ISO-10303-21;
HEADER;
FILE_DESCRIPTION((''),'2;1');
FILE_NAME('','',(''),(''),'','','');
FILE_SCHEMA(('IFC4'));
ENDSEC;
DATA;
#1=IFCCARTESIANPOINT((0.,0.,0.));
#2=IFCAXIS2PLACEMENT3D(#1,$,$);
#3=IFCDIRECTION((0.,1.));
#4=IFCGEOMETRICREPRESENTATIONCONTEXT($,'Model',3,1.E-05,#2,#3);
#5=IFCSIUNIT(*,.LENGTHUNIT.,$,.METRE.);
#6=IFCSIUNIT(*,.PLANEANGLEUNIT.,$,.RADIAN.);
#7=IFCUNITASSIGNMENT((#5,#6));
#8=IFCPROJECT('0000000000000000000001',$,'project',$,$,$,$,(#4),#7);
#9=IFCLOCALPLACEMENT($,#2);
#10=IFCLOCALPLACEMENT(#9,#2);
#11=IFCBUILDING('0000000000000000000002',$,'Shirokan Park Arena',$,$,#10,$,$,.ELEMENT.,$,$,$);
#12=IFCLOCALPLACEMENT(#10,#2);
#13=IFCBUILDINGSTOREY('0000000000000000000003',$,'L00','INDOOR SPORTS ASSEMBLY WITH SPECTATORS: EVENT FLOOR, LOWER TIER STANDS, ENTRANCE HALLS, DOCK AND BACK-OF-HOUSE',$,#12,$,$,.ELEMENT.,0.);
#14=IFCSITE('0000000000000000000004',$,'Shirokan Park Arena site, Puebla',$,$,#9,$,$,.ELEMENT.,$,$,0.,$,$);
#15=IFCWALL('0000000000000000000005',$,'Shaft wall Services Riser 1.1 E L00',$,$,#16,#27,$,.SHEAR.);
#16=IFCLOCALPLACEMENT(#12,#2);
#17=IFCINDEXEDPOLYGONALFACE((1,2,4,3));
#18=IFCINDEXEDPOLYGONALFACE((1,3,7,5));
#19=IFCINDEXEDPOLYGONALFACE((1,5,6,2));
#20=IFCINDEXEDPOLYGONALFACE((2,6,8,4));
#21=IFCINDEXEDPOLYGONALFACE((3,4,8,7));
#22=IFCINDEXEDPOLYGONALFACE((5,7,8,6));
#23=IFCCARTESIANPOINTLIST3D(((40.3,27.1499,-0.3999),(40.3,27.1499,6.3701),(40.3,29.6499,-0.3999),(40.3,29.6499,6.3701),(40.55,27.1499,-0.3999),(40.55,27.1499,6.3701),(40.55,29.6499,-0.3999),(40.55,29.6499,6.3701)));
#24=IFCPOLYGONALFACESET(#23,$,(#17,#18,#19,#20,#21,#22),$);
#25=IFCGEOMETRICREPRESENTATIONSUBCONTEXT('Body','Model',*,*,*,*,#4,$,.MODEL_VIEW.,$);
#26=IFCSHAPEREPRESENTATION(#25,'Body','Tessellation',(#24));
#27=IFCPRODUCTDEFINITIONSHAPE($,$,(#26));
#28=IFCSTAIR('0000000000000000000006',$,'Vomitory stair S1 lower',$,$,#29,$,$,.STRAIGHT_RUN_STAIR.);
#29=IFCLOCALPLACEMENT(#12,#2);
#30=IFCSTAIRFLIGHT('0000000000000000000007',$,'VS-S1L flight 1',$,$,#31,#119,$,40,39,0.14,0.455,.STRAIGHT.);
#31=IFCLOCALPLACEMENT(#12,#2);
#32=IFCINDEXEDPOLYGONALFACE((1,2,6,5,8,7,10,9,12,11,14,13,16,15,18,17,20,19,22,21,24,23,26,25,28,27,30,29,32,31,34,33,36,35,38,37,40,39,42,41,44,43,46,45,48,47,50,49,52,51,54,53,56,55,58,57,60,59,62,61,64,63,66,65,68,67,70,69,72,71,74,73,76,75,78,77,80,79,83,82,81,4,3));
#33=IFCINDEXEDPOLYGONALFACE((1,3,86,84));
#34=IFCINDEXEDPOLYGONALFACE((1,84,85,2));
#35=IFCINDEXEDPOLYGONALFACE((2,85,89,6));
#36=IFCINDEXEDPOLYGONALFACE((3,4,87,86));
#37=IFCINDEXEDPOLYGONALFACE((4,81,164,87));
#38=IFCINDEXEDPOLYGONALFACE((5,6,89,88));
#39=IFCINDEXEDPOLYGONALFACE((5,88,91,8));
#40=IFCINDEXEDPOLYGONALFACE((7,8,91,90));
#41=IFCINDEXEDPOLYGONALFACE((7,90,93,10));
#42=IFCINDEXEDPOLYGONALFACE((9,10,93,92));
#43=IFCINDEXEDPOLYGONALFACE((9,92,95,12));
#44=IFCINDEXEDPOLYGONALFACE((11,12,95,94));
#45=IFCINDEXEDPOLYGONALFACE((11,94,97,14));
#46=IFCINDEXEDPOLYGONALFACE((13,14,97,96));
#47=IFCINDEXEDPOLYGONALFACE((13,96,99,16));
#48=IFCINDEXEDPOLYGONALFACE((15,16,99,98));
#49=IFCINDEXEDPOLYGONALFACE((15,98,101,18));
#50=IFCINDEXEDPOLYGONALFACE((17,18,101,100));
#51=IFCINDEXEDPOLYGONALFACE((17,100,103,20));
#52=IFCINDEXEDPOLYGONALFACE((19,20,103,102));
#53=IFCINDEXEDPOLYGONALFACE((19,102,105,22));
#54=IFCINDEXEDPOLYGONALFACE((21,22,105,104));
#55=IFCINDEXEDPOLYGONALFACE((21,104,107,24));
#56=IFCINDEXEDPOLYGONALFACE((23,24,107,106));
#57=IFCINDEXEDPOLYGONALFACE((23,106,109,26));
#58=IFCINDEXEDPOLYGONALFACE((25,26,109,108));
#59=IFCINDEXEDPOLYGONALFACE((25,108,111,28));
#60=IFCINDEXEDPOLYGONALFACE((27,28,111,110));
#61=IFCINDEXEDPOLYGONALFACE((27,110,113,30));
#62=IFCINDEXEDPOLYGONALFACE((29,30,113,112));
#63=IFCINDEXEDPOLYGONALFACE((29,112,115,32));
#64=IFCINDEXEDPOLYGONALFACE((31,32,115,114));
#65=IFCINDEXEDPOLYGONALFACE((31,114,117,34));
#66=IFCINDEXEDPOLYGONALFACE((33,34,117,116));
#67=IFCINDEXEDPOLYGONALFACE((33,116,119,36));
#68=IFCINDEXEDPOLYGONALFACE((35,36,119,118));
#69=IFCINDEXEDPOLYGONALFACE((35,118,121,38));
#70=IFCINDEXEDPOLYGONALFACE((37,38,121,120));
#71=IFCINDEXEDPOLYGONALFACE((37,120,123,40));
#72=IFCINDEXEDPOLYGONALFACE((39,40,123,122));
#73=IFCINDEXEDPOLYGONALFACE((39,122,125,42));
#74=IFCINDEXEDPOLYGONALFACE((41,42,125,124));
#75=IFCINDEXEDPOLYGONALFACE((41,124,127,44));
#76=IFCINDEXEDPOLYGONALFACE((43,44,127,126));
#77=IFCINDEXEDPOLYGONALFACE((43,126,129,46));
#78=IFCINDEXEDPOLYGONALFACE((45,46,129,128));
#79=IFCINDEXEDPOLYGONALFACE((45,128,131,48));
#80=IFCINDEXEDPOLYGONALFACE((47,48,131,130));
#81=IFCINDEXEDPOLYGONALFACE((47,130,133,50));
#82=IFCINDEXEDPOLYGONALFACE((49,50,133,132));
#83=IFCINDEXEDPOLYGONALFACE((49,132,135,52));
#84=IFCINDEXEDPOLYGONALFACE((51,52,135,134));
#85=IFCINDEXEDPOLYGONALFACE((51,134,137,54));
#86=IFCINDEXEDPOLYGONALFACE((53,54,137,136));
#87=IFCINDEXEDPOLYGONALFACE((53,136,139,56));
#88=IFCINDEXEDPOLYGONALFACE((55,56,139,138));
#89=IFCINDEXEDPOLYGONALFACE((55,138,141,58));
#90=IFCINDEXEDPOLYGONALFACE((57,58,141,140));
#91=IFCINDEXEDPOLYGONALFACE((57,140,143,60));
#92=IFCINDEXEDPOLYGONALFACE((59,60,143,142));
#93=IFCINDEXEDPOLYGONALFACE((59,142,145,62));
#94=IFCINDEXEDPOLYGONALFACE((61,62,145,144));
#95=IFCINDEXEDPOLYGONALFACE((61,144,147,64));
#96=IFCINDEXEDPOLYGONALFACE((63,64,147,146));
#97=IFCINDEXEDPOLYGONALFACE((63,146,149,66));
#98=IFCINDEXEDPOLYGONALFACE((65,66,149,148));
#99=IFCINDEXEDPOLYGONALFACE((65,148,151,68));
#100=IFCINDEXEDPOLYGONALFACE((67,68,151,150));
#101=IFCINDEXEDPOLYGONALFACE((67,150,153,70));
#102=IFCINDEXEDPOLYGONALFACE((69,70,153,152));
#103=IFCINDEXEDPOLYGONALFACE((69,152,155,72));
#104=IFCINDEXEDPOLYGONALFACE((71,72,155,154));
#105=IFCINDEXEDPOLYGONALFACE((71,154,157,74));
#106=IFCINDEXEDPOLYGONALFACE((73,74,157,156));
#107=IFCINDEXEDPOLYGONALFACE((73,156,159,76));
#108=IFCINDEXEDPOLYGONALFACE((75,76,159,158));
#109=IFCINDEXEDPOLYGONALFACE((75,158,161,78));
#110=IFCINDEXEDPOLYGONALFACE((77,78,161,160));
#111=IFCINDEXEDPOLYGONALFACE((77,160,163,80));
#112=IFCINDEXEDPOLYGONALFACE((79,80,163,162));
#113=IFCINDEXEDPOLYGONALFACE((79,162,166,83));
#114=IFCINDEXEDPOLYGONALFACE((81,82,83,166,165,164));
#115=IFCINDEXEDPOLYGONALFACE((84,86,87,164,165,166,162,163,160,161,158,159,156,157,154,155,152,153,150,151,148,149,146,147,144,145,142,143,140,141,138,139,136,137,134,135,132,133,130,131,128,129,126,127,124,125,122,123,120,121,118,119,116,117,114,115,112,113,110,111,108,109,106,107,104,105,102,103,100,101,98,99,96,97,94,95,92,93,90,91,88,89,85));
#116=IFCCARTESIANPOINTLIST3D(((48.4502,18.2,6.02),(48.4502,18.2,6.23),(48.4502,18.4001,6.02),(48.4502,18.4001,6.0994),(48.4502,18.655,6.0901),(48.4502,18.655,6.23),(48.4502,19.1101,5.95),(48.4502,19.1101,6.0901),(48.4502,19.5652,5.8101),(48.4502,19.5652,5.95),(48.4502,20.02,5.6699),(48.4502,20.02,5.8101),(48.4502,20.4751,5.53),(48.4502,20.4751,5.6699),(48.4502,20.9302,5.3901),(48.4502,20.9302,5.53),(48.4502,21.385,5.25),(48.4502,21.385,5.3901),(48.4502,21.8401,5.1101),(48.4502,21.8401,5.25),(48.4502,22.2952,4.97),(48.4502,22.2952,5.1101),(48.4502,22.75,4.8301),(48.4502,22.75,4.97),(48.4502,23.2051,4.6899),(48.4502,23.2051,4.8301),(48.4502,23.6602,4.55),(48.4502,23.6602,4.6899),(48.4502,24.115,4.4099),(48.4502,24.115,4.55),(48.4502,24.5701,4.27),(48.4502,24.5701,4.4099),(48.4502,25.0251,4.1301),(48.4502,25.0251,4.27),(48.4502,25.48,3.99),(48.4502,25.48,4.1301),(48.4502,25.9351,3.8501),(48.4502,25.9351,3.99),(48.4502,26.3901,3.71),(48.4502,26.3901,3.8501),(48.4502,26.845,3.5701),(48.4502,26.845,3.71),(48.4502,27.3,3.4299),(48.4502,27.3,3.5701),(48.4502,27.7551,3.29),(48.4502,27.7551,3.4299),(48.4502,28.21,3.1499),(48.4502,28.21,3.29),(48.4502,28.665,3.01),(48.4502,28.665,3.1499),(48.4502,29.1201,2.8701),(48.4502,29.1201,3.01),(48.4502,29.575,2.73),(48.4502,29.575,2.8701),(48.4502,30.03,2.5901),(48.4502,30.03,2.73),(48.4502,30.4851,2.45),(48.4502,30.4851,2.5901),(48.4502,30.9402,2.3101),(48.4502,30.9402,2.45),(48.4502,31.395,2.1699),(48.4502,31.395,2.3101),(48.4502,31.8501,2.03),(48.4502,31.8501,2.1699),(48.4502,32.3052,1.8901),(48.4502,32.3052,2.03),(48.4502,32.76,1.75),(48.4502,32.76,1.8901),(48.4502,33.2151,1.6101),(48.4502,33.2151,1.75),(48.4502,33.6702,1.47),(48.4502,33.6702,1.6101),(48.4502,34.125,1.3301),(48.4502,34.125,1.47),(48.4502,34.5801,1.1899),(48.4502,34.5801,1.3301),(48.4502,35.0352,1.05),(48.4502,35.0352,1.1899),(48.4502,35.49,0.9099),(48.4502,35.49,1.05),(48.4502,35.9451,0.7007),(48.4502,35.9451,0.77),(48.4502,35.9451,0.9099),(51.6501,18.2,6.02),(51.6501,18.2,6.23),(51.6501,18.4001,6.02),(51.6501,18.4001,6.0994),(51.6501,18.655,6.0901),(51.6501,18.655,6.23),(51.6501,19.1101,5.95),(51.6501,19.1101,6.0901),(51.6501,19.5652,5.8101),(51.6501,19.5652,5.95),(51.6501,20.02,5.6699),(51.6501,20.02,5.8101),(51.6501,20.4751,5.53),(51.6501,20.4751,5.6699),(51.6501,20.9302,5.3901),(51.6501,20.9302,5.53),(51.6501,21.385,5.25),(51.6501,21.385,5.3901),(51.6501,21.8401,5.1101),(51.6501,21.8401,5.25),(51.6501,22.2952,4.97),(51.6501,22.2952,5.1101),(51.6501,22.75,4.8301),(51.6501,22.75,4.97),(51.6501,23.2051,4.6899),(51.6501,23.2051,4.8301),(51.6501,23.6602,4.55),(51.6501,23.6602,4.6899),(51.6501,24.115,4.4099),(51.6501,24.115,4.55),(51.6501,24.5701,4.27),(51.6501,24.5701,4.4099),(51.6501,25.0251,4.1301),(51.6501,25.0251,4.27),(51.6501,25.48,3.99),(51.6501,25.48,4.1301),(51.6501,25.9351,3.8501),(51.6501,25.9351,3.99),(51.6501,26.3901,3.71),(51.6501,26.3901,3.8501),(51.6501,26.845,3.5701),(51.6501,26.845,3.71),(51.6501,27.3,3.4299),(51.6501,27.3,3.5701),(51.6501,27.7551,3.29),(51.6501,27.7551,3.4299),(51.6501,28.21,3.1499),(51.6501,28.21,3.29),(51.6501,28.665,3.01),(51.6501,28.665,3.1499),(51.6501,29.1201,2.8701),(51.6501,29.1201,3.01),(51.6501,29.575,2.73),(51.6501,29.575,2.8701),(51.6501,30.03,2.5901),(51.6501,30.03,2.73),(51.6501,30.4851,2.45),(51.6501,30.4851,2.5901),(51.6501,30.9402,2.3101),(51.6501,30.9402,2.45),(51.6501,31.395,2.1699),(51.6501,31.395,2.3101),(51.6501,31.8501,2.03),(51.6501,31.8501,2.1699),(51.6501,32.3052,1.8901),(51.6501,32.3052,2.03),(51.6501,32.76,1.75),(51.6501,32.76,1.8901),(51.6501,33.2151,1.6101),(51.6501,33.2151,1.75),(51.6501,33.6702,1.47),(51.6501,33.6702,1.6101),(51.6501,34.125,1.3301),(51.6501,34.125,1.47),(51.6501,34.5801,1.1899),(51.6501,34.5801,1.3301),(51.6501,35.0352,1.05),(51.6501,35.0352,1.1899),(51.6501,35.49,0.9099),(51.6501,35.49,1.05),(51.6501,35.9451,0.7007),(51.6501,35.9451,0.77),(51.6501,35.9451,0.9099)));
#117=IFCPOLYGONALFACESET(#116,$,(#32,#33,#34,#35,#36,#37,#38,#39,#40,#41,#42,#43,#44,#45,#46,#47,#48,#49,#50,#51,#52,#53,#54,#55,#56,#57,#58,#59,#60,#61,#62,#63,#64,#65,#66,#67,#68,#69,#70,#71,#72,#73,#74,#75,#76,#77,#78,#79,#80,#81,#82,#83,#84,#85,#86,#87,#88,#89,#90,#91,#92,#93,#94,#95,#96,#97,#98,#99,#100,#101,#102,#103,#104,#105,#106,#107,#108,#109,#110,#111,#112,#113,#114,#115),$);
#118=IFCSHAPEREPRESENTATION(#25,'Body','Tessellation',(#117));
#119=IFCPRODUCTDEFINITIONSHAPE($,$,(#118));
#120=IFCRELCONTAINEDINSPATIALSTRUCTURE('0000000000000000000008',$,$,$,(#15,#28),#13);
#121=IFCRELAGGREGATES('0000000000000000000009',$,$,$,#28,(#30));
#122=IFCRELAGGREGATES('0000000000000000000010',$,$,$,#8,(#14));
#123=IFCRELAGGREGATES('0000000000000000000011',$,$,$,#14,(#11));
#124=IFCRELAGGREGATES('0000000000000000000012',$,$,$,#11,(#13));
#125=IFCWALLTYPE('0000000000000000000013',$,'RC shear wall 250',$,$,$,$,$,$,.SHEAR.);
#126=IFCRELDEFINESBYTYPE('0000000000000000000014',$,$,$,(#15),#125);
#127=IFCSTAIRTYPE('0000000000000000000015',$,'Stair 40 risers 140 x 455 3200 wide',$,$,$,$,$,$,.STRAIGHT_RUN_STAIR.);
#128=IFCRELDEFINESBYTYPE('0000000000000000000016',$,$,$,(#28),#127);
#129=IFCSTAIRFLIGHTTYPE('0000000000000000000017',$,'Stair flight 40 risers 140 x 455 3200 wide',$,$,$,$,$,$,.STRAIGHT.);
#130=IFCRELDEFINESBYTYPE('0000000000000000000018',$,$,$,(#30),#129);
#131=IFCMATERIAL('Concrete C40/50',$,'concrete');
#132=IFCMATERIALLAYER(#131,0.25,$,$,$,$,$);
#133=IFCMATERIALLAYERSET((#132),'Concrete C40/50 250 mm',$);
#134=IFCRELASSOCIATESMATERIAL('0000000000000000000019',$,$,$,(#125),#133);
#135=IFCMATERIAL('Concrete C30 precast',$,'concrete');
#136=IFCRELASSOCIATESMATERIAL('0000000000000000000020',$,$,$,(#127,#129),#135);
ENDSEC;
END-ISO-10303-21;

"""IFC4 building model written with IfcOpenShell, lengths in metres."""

from ifc_helpers import new_model, si_unit, direction, frame, frame_2d, origin, place, context, subcontext, project, spatial, polyline, rectangle, outline, extrude, material, layer, layer_set, type_object, element, aggregate, save


model = new_model("IFC4")

# Units and contexts
model_context = context("Model", 3, precision=1e-05, world=origin(), true_north=direction((0.0, 1.0)))
body_context = subcontext(model_context, "Body", "Model", "MODEL_VIEW")
ifc_project = project(units=[si_unit("LENGTHUNIT", "METRE"), si_unit("PLANEANGLEUNIT", "RADIAN")], contexts=[model_context])

# Site, building, storey
site_placement = place(None, origin())
site = spatial("IfcSite", under=ifc_project, at=site_placement, Name="Shirokan Park Arena site, Puebla", CompositionType="ELEMENT", RefElevation=0.0)
building_placement = place(site_placement, origin())
building = spatial("IfcBuilding", under=site, at=building_placement, Name="Shirokan Park Arena", CompositionType="ELEMENT")
storey_placement = place(building_placement, origin())
storey = spatial("IfcBuildingStorey", under=building, at=storey_placement, Name="L00", Description="INDOOR SPORTS ASSEMBLY WITH SPECTATORS: EVENT FLOOR, LOWER TIER STANDS, ENTRANCE HALLS, DOCK AND BACK-OF-HOUSE", CompositionType="ELEMENT", Elevation=0.0)

# Shared definitions
ifc_material_1 = material(Name="Concrete C40/50", Category="concrete")
ifc_layer_1 = layer(ifc_material_1, 0.25)
ifc_layer_set_1 = layer_set([ifc_layer_1], Name="Concrete C40/50 250 mm")
wall_type_1 = type_object("IfcWallType", Name="RC shear wall 250", PredefinedType="SHEAR", material=ifc_layer_set_1)

# Wall
wall_1_placement = place(storey_placement, frame((40.425, 29.6499, -0.3999), z_axis=(0.0, 0.0, 1.0), x_axis=(0.0, -1.0, 0.0)))
element("IfcWall", 1, at=wall_1_placement, inside=storey, type_object=wall_type_1, Name="Shaft wall Services Riser 1.1 E L00", PredefinedType="SHEAR", context=body_context, shape_type="SweptSolid", body=[
    extrude(rectangle(XDim=2.5, YDim=0.25, at=frame_2d((1.25, 0.0))), origin(), (0.0, 0.0, 1.0), 6.77),
])

# Stair, stair flight
ifc_material_2 = material(Name="Concrete C30 precast", Category="concrete")
stair_type = type_object("IfcStairType", Name="Stair 40 risers 140 x 455 3200 wide", PredefinedType="STRAIGHT_RUN_STAIR", material=ifc_material_2)
stair_placement = place(storey_placement, origin())
stair = element("IfcStair", 2, at=stair_placement, inside=storey, type_object=stair_type, Name="Vomitory stair S1 lower", PredefinedType="STRAIGHT_RUN_STAIR")
stair_flight_type = type_object("IfcStairFlightType", Name="Stair flight 40 risers 140 x 455 3200 wide", PredefinedType="STRAIGHT", material=ifc_material_2)
stair_flight_placement = place(storey_placement, frame((50.05, 35.9451, 0.77), z_axis=(0.0, 0.0, 1.0), x_axis=(0.0, -1.0, 0.0)))
stair_flight = element("IfcStairFlight", 3, at=stair_flight_placement, type_object=stair_flight_type, Name="VS-S1L flight 1", NumberOfRisers=40, NumberOfTreads=39, PredefinedType="STRAIGHT", RiserHeight=0.14, TreadLength=0.455, context=body_context, shape_type="SweptSolid", body=[
    extrude(outline(polyline([(0.0, -0.0693), (0.0, 0.0), (0.0, 0.1399), (0.4551, 0.1399), (0.4551, 0.28), (0.9099, 0.28), (0.9099, 0.4199), (1.365, 0.4199), (1.365, 0.5601), (1.8201, 0.5601), (1.8201, 0.7), (2.2749, 0.7), (2.2749, 0.8401), (2.73, 0.8401), (2.73, 0.98), (3.1851, 0.98), (3.1851, 1.1201), (3.6399, 1.1201), (3.6399, 1.26), (4.095, 1.26), (4.095, 1.3999), (4.55, 1.3999), (4.55, 1.54), (5.0049, 1.54), (5.0049, 1.6799), (5.46, 1.6799), (5.46, 1.8201), (5.915, 1.8201), (5.915, 1.96), (6.3701, 1.96), (6.3701, 2.1001), (6.825, 2.1001), (6.825, 2.24), (7.28, 2.24), (7.28, 2.3799), (7.7351, 2.3799), (7.7351, 2.52), (8.1899, 2.52), (8.1899, 2.6599), (8.645, 2.6599), (8.645, 2.8), (9.1001, 2.8), (9.1001, 2.9399), (9.5549, 2.9399), (9.5549, 3.0801), (10.01, 3.0801), (10.01, 3.22), (10.4651, 3.22), (10.4651, 3.3601), (10.9199, 3.3601), (10.9199, 3.5), (11.375, 3.5), (11.375, 3.6399), (11.8301, 3.6399), (11.8301, 3.78), (12.2849, 3.78), (12.2849, 3.9199), (12.74, 3.9199), (12.74, 4.0601), (13.1951, 4.0601), (13.1951, 4.2), (13.6499, 4.2), (13.6499, 4.3401), (14.105, 4.3401), (14.105, 4.48), (14.5601, 4.48), (14.5601, 4.6201), (15.0149, 4.6201), (15.0149, 4.76), (15.47, 4.76), (15.47, 4.8999), (15.925, 4.8999), (15.925, 5.04), (16.3799, 5.04), (16.3799, 5.1799), (16.835, 5.1799), (16.835, 5.3201), (17.29, 5.3201), (17.29, 5.46), (17.7451, 5.46), (17.7451, 5.6001), (17.7451, 5.25), (17.5449, 5.25), (17.5449, 5.3293), (0.0, -0.0693)])), frame((0.0, 1.6001, 0.0), z_axis=(0.0, -1.0, 0.0), x_axis=(1.0, 0.0, 0.0)), (0.0, 0.0, 1.0), 3.2),
])
aggregate(stair, [stair_flight])

save(model, "model.ifc")
